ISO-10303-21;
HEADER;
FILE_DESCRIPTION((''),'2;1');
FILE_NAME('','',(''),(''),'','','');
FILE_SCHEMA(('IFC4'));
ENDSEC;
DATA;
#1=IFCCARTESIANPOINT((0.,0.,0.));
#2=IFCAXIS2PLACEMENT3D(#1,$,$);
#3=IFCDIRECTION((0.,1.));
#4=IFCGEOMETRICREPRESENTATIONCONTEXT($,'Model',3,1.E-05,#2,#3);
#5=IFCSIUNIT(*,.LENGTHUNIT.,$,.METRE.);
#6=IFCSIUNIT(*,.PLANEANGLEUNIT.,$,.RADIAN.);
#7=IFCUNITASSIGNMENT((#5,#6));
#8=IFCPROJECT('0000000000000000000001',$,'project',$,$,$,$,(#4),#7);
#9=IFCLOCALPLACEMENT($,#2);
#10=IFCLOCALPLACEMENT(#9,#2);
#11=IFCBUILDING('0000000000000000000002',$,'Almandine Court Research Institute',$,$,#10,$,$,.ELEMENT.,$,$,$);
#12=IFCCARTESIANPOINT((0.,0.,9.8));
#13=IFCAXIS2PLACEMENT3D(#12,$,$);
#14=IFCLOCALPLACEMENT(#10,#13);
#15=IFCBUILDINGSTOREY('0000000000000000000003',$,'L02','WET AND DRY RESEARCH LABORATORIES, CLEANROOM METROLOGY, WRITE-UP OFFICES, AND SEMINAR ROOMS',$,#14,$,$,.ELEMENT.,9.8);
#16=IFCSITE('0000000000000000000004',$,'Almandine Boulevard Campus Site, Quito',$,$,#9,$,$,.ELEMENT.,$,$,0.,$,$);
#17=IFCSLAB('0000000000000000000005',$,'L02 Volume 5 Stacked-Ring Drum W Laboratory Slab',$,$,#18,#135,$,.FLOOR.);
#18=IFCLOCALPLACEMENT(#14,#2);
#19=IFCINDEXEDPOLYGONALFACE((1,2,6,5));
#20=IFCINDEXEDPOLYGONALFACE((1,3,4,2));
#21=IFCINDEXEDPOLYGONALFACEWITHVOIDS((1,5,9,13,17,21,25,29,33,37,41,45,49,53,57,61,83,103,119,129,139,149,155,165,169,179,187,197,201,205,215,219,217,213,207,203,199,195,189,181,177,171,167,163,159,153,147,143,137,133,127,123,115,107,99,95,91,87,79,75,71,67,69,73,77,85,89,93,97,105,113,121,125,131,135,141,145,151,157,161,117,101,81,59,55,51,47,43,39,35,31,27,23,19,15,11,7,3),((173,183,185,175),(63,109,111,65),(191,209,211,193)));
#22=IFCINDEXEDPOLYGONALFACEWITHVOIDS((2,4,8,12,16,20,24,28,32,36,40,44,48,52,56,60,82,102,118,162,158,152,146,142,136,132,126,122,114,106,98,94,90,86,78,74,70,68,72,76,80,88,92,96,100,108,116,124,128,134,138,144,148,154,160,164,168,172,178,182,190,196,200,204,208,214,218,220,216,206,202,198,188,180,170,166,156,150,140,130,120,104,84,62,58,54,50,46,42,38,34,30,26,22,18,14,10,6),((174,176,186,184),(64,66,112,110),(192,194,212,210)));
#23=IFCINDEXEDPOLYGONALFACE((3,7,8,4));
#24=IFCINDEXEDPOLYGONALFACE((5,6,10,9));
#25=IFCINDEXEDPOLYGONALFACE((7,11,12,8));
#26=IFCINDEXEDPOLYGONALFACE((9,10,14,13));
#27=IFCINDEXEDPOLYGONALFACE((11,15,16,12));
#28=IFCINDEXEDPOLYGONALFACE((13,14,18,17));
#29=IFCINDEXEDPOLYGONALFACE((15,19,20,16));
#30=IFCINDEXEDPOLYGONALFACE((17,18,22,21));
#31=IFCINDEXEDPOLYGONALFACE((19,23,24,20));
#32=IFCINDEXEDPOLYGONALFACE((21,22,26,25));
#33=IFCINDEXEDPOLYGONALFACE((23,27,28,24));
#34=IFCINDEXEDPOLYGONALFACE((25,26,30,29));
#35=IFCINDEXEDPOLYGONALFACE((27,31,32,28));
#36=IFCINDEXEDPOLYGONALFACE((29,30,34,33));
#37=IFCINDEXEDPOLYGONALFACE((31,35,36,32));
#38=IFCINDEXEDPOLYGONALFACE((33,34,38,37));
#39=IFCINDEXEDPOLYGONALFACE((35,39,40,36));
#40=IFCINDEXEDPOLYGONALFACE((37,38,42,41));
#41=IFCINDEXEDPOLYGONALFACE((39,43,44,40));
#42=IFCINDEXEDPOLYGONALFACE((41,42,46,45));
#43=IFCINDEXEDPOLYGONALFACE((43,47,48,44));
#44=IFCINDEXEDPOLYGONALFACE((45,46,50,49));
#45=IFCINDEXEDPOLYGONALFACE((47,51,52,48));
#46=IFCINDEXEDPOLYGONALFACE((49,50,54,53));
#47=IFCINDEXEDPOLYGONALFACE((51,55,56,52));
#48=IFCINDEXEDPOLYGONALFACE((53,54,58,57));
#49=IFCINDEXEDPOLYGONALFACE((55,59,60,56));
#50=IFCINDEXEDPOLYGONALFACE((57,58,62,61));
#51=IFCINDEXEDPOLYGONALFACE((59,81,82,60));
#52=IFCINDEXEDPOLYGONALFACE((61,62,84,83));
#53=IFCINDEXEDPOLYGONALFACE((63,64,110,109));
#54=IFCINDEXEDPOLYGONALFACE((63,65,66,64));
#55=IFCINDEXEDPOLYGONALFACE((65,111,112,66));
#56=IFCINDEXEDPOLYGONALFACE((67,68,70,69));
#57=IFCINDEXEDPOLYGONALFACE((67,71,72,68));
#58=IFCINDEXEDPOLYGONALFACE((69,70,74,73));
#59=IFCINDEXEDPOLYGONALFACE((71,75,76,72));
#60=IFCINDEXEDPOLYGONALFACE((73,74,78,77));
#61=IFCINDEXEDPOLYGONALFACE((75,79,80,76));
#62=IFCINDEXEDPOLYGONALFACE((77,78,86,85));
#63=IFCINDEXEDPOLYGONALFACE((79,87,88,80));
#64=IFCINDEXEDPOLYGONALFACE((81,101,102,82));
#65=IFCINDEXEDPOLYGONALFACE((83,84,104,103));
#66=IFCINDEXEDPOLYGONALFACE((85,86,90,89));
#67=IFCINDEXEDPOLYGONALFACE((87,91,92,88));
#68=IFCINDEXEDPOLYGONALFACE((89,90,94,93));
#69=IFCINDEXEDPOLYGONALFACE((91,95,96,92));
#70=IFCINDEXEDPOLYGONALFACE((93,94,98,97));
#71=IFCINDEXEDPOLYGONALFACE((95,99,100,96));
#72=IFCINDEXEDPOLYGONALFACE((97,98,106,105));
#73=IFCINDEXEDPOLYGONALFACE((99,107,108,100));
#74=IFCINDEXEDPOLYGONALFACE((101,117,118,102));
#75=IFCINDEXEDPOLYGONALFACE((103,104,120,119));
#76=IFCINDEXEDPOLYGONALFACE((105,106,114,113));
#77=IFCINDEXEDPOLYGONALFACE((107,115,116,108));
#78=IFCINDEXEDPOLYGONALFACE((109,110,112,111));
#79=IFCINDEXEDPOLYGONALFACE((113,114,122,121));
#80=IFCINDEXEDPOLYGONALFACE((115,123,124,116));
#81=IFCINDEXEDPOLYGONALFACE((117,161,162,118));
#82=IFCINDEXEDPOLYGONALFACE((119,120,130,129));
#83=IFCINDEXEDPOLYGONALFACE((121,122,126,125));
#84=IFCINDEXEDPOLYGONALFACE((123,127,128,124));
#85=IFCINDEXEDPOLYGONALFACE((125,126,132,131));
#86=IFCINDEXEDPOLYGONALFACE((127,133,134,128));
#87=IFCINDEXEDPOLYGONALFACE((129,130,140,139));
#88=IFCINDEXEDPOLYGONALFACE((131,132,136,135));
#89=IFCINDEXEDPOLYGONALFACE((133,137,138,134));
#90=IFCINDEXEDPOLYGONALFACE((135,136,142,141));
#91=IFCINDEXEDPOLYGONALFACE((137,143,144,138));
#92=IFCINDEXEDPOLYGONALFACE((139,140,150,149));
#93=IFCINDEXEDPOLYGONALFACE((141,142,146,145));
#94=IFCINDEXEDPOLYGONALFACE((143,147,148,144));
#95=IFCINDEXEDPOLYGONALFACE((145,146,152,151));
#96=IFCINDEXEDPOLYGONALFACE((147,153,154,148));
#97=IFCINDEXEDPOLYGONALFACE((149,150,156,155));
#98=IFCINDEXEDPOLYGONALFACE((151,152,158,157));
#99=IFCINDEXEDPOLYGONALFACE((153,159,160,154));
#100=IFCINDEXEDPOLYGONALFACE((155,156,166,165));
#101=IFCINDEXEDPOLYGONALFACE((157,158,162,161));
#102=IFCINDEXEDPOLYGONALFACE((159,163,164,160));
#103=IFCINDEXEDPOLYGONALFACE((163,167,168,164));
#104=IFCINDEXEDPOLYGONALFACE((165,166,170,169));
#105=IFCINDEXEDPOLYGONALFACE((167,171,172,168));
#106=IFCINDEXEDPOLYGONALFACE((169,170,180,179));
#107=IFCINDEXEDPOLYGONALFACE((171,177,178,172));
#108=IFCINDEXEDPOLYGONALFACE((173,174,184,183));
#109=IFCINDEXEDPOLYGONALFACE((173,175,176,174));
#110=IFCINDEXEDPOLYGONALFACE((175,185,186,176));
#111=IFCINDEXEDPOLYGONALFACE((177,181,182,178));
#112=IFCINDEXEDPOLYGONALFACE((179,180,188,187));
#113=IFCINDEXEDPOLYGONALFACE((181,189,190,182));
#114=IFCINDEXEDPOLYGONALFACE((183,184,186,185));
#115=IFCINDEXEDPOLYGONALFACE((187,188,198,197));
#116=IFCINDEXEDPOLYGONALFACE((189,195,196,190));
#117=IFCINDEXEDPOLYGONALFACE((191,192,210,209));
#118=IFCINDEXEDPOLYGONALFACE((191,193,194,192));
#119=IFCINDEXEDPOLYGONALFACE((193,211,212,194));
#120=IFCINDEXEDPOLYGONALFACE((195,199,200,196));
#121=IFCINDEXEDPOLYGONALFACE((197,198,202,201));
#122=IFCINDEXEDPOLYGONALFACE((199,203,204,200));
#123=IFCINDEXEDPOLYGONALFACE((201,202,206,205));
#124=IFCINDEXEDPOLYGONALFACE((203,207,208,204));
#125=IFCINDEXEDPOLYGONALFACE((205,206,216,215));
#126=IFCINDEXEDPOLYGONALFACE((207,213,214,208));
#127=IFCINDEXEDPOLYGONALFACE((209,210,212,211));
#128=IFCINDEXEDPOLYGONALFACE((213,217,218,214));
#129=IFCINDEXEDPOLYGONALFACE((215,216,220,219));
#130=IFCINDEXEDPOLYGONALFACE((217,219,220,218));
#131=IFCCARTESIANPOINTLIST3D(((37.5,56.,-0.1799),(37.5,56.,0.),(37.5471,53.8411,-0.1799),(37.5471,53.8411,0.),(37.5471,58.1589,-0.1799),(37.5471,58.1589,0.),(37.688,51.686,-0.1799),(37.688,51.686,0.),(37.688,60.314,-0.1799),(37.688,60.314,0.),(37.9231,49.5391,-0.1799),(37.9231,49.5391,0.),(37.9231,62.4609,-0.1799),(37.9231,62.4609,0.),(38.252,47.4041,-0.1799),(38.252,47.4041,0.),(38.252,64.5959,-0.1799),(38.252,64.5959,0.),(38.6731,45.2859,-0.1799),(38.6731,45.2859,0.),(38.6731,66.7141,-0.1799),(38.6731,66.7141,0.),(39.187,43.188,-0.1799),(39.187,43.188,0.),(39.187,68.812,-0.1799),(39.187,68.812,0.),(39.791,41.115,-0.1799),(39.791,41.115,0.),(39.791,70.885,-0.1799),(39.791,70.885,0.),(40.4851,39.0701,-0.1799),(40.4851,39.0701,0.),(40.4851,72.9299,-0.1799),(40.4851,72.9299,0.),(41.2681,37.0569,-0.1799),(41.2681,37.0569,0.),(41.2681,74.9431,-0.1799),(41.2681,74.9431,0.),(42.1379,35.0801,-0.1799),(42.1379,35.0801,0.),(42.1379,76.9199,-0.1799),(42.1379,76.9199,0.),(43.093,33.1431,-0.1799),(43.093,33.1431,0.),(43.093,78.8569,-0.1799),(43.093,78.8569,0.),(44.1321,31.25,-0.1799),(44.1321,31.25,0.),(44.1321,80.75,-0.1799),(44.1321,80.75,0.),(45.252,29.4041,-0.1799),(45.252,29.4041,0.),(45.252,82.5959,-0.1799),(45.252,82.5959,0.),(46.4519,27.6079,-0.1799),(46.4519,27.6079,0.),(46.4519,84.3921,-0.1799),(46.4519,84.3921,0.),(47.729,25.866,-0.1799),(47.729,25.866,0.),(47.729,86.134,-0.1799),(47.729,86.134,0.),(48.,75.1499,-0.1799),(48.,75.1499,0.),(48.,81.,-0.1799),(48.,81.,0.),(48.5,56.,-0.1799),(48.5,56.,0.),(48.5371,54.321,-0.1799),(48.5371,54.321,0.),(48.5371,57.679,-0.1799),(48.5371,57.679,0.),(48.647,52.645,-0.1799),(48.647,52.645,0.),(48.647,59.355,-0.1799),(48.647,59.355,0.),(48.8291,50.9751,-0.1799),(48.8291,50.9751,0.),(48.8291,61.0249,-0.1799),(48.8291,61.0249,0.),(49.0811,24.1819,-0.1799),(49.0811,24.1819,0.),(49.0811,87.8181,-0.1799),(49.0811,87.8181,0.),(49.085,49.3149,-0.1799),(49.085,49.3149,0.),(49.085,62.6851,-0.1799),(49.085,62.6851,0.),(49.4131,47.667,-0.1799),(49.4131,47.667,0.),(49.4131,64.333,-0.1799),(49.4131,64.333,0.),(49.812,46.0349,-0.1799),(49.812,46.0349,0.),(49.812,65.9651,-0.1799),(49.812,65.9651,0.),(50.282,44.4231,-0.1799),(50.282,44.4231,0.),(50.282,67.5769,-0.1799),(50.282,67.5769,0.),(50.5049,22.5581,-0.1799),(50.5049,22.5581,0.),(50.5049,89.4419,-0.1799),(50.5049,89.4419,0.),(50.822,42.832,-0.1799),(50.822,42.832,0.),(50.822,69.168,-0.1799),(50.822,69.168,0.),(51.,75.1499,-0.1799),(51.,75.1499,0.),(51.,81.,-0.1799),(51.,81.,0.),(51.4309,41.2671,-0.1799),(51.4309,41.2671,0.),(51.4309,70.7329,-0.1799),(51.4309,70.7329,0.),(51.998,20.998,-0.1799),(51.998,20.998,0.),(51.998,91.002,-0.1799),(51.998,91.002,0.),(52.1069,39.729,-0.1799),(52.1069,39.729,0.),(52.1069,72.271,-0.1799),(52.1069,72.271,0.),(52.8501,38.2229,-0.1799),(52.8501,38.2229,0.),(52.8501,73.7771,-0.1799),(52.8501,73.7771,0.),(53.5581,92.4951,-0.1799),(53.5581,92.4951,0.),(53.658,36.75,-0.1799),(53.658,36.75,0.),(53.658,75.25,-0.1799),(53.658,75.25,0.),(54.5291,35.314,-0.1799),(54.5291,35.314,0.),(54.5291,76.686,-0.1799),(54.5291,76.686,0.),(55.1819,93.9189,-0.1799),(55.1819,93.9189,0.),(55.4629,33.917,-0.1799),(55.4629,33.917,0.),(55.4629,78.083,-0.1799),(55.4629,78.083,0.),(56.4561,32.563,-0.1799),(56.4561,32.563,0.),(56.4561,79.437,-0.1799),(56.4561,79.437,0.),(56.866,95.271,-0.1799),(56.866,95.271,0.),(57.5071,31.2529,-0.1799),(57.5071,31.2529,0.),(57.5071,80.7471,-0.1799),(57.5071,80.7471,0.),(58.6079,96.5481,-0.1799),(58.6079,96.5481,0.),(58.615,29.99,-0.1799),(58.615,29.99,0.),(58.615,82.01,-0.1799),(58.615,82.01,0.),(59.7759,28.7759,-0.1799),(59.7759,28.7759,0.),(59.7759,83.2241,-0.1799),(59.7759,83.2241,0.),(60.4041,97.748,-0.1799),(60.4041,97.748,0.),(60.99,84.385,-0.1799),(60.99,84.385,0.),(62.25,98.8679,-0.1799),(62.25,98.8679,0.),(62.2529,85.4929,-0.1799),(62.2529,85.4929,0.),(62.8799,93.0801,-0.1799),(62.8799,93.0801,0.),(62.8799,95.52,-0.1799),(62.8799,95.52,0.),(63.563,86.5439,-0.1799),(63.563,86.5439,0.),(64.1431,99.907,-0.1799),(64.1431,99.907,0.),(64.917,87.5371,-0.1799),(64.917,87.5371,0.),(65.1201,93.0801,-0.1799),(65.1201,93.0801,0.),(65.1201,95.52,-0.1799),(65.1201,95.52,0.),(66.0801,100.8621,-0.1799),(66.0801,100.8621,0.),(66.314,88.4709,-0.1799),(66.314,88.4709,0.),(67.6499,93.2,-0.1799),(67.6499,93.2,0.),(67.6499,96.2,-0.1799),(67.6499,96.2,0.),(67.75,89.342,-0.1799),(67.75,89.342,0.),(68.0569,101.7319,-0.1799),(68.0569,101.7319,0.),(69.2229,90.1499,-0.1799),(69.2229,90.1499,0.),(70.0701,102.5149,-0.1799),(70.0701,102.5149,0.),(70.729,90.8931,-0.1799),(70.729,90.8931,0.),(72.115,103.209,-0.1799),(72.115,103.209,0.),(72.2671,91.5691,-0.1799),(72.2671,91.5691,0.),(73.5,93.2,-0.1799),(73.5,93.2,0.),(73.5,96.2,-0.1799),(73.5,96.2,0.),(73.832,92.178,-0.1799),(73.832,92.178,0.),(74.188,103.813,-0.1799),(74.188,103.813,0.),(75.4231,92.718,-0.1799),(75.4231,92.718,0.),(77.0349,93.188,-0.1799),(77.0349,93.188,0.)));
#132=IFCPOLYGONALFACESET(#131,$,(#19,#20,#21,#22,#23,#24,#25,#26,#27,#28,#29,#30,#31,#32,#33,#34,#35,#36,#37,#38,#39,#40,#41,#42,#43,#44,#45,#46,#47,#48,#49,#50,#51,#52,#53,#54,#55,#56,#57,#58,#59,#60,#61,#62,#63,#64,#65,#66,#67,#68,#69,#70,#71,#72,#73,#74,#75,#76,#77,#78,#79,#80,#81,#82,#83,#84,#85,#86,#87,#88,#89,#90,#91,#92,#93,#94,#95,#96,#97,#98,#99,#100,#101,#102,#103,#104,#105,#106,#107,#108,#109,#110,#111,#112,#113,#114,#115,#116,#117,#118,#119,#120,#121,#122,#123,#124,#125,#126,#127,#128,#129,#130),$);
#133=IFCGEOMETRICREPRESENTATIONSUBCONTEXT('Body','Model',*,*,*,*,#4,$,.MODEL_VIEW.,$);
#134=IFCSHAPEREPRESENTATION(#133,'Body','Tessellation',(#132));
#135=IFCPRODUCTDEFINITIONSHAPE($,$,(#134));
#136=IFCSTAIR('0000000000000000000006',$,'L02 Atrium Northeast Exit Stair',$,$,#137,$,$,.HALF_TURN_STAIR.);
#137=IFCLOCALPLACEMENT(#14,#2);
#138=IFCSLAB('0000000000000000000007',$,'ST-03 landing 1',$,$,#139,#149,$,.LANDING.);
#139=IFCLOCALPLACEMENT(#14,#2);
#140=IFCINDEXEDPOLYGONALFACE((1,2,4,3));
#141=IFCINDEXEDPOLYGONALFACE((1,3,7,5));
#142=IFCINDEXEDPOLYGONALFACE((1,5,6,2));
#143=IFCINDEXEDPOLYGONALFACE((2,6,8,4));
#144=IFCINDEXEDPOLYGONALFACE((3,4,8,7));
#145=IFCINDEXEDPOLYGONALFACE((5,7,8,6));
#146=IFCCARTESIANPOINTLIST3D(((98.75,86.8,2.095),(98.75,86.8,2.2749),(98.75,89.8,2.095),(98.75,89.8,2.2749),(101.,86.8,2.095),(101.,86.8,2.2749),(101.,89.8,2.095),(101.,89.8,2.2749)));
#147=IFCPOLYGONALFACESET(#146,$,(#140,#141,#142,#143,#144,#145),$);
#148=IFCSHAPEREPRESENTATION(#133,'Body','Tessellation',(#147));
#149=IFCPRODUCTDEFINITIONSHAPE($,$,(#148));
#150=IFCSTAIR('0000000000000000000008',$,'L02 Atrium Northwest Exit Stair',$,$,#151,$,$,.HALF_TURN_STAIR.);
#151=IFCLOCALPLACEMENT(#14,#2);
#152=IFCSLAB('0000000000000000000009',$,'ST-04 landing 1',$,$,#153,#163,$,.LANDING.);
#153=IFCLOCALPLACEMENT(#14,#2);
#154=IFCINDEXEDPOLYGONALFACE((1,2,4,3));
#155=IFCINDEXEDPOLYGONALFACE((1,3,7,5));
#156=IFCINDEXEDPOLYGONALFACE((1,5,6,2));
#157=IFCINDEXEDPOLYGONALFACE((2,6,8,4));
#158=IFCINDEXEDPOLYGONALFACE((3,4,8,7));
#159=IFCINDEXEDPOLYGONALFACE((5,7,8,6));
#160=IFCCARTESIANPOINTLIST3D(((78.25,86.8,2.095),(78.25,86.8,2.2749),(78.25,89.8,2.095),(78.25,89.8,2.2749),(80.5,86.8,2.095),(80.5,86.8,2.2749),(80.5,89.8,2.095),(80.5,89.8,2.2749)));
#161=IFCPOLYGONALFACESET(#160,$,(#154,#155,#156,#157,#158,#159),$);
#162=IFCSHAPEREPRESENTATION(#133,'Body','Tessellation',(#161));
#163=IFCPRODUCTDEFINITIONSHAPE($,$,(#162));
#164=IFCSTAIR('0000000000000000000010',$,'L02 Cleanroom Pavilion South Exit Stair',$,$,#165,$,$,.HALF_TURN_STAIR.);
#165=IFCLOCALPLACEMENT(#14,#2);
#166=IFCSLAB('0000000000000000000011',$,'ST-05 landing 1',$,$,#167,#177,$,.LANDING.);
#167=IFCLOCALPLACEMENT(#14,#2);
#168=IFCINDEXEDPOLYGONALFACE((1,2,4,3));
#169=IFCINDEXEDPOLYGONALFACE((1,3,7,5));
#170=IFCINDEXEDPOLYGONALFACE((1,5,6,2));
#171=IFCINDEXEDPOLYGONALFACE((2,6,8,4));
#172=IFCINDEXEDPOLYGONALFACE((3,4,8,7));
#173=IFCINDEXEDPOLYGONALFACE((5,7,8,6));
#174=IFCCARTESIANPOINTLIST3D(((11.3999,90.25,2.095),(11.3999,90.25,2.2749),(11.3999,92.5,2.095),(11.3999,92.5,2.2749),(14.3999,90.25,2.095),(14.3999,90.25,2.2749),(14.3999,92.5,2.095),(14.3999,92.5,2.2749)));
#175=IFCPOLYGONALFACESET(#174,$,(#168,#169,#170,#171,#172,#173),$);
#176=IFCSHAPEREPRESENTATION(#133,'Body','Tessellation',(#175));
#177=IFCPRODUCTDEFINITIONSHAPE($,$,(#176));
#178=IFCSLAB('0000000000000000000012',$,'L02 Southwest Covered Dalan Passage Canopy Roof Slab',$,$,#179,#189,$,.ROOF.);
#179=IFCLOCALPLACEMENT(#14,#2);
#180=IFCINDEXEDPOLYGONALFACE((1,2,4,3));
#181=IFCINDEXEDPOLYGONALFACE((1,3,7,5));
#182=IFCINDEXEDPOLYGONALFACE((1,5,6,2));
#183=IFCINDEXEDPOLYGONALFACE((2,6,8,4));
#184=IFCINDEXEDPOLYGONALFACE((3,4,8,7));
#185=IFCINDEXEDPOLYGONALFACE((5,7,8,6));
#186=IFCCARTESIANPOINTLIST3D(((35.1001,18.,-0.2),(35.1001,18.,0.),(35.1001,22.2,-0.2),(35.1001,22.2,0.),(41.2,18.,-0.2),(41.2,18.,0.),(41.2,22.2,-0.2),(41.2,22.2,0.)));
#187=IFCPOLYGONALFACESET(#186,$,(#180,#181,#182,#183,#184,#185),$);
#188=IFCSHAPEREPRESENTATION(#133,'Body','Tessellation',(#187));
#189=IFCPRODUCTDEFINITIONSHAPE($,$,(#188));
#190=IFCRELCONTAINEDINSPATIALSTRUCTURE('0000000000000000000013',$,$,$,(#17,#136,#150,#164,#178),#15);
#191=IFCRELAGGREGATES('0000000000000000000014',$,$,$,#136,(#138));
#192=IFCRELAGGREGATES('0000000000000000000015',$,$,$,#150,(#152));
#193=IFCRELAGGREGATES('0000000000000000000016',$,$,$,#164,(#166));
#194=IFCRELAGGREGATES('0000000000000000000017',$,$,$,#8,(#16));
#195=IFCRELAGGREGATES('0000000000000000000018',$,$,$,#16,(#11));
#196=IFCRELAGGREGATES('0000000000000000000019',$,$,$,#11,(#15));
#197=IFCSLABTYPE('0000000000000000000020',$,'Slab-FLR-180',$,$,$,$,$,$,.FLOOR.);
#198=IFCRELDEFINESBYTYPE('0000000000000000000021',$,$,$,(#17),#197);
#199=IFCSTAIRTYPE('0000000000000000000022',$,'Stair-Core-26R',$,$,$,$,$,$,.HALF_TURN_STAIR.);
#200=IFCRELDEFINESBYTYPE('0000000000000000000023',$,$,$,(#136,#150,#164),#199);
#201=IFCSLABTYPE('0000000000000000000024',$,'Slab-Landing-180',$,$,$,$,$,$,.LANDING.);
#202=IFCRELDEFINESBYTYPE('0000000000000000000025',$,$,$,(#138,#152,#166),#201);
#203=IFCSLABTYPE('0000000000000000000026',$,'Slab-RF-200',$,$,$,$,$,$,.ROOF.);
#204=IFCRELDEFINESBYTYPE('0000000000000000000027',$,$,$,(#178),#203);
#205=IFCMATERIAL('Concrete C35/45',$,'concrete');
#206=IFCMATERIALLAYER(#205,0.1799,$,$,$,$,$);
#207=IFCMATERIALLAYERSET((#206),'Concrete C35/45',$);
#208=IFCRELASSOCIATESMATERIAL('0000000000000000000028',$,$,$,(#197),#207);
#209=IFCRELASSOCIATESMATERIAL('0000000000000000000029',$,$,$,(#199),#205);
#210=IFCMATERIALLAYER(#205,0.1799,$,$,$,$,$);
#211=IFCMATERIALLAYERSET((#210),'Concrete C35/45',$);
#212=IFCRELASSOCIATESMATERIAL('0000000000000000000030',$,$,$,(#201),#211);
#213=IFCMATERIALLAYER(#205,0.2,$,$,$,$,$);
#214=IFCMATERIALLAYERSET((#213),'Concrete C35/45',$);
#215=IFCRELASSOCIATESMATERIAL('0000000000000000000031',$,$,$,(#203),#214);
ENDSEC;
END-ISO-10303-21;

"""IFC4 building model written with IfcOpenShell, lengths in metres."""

from ifc_helpers import new_model, si_unit, direction, frame, origin, place, context, subcontext, project, spatial, polyline, outline, extrude, material, layer, layer_set, type_object, element, aggregate, save


model = new_model("IFC4")

# Units and contexts
model_context = context("Model", 3, precision=1e-05, world=origin(), true_north=direction((0.0, 1.0)))
body_context = subcontext(model_context, "Body", "Model", "MODEL_VIEW")
ifc_project = project(units=[si_unit("LENGTHUNIT", "METRE"), si_unit("PLANEANGLEUNIT", "RADIAN")], contexts=[model_context])

# Site, building, storey
site_placement = place(None, origin())
site = spatial("IfcSite", under=ifc_project, at=site_placement, Name="Almandine Boulevard Campus Site, Quito", CompositionType="ELEMENT", RefElevation=0.0)
building_placement = place(site_placement, origin())
building = spatial("IfcBuilding", under=site, at=building_placement, Name="Almandine Court Research Institute", CompositionType="ELEMENT")
storey_placement = place(building_placement, frame((0.0, 0.0, 9.8)))
storey = spatial("IfcBuildingStorey", under=building, at=storey_placement, Name="L02", Description="WET AND DRY RESEARCH LABORATORIES, CLEANROOM METROLOGY, WRITE-UP OFFICES, AND SEMINAR ROOMS", CompositionType="ELEMENT", Elevation=9.8)

# Slab
ifc_material_1 = material(Name="Concrete C35/45", Category="concrete")
ifc_layer_1 = layer(ifc_material_1, 0.1799)
ifc_layer_set_1 = layer_set([ifc_layer_1], Name="Concrete C35/45")
slab_type_1 = type_object("IfcSlabType", Name="Slab-FLR-180", PredefinedType="FLOOR", material=ifc_layer_set_1)
slab_1_placement = place(storey_placement, frame((0.0, 0.0, -0.1799)))
element("IfcSlab", 1, at=slab_1_placement, inside=storey, type_object=slab_type_1, Name="L02 Volume 5 Stacked-Ring Drum W Laboratory Slab", PredefinedType="FLOOR", context=body_context, shape_type="SweptSolid", body=[
    extrude(outline(polyline([(74.188, 103.813), (72.115, 103.209), (70.0701, 102.5149), (68.0569, 101.7319), (66.0801, 100.8621), (64.1431, 99.907), (62.25, 98.8679), (60.4041, 97.748), (58.6079, 96.5481), (56.866, 95.271), (55.1819, 93.9189), (53.5581, 92.4951), (51.998, 91.002), (50.5049, 89.4419), (49.0811, 87.8181), (47.729, 86.134), (46.4519, 84.3921), (45.252, 82.5959), (44.1321, 80.75), (43.093, 78.8569), (42.1379, 76.9199), (41.2681, 74.9431), (40.4851, 72.9299), (39.791, 70.885), (39.187, 68.812), (38.6731, 66.7141), (38.252, 64.5959), (37.9231, 62.4609), (37.688, 60.314), (37.5471, 58.1589), (37.5, 56.0), (37.5471, 53.8411), (37.688, 51.686), (37.9231, 49.5391), (38.252, 47.4041), (38.6731, 45.2859), (39.187, 43.188), (39.791, 41.115), (40.4851, 39.0701), (41.2681, 37.0569), (42.1379, 35.0801), (43.093, 33.1431), (44.1321, 31.25), (45.252, 29.4041), (46.4519, 27.6079), (47.729, 25.866), (49.0811, 24.1819), (50.5049, 22.5581), (51.998, 20.998), (59.7759, 28.7759), (58.615, 29.99), (57.5071, 31.2529), (56.4561, 32.563), (55.4629, 33.917), (54.5291, 35.314), (53.658, 36.75), (52.8501, 38.2229), (52.1069, 39.729), (51.4309, 41.2671), (50.822, 42.832), (50.282, 44.4231), (49.812, 46.0349), (49.4131, 47.667), (49.085, 49.3149), (48.8291, 50.9751), (48.647, 52.645), (48.5371, 54.321), (48.5, 56.0), (48.5371, 57.679), (48.647, 59.355), (48.8291, 61.0249), (49.085, 62.6851), (49.4131, 64.333), (49.812, 65.9651), (50.282, 67.5769), (50.822, 69.168), (51.4309, 70.7329), (52.1069, 72.271), (52.8501, 73.7771), (53.658, 75.25), (54.5291, 76.686), (55.4629, 78.083), (56.4561, 79.437), (57.5071, 80.7471), (58.615, 82.01), (59.7759, 83.2241), (60.99, 84.385), (62.2529, 85.4929), (63.563, 86.5439), (64.917, 87.5371), (66.314, 88.4709), (67.75, 89.342), (69.2229, 90.1499), (70.729, 90.8931), (72.2671, 91.5691), (73.832, 92.178), (75.4231, 92.718), (77.0349, 93.188), (74.188, 103.813)]), holes=[polyline([(67.6499, 93.2), (73.5, 93.2), (73.5, 96.2), (67.6499, 96.2), (67.6499, 93.2)]), polyline([(51.0, 75.1499), (51.0, 81.0), (48.0, 81.0), (48.0, 75.1499), (51.0, 75.1499)]), polyline([(62.8799, 93.0801), (65.1201, 93.0801), (65.1201, 95.52), (62.8799, 95.52), (62.8799, 93.0801)])]), origin(), (0.0, 0.0, 1.0), 0.1799),
])

# Stairs, slabs
stair_type = type_object("IfcStairType", Name="Stair-Core-26R", PredefinedType="HALF_TURN_STAIR", material=ifc_material_1)
stair_1_placement = place(storey_placement, origin())
stair_1 = element("IfcStair", 2, at=stair_1_placement, inside=storey, type_object=stair_type, Name="L02 Atrium Northeast Exit Stair", PredefinedType="HALF_TURN_STAIR")
ifc_layer_2 = layer(ifc_material_1, 0.1799)
ifc_layer_set_2 = layer_set([ifc_layer_2], Name="Concrete C35/45")
slab_type_2 = type_object("IfcSlabType", Name="Slab-Landing-180", PredefinedType="LANDING", material=ifc_layer_set_2)
slab_2_placement = place(storey_placement, frame((0.0, 0.0, 2.095)))
slab_2 = element("IfcSlab", 3, at=slab_2_placement, type_object=slab_type_2, Name="ST-03 landing 1", PredefinedType="LANDING", context=body_context, shape_type="SweptSolid", body=[
    extrude(outline(polyline([(98.75, 86.8), (101.0, 86.8), (101.0, 89.8), (98.75, 89.8), (98.75, 86.8)])), origin(), (0.0, 0.0, 1.0), 0.1799),
])
aggregate(stair_1, [slab_2])
stair_2_placement = place(storey_placement, origin())
stair_2 = element("IfcStair", 4, at=stair_2_placement, inside=storey, type_object=stair_type, Name="L02 Atrium Northwest Exit Stair", PredefinedType="HALF_TURN_STAIR")
slab_3_placement = place(storey_placement, frame((0.0, 0.0, 2.095)))
slab_3 = element("IfcSlab", 5, at=slab_3_placement, type_object=slab_type_2, Name="ST-04 landing 1", PredefinedType="LANDING", context=body_context, shape_type="SweptSolid", body=[
    extrude(outline(polyline([(78.25, 86.8), (80.5, 86.8), (80.5, 89.8), (78.25, 89.8), (78.25, 86.8)])), origin(), (0.0, 0.0, 1.0), 0.1799),
])
aggregate(stair_2, [slab_3])
stair_3_placement = place(storey_placement, origin())
stair_3 = element("IfcStair", 6, at=stair_3_placement, inside=storey, type_object=stair_type, Name="L02 Cleanroom Pavilion South Exit Stair", PredefinedType="HALF_TURN_STAIR")
slab_4_placement = place(storey_placement, frame((0.0, 0.0, 2.095)))
slab_4 = element("IfcSlab", 7, at=slab_4_placement, type_object=slab_type_2, Name="ST-05 landing 1", PredefinedType="LANDING", context=body_context, shape_type="SweptSolid", body=[
    extrude(outline(polyline([(14.3999, 90.25), (14.3999, 92.5), (11.3999, 92.5), (11.3999, 90.25), (14.3999, 90.25)])), origin(), (0.0, 0.0, 1.0), 0.1799),
])
aggregate(stair_3, [slab_4])

# Slab
ifc_layer_3 = layer(ifc_material_1, 0.2)
ifc_layer_set_3 = layer_set([ifc_layer_3], Name="Concrete C35/45")
slab_type_3 = type_object("IfcSlabType", Name="Slab-RF-200", PredefinedType="ROOF", material=ifc_layer_set_3)
slab_5_placement = place(storey_placement, frame((0.0, 0.0, -0.2)))
element("IfcSlab", 8, at=slab_5_placement, inside=storey, type_object=slab_type_3, Name="L02 Southwest Covered Dalan Passage Canopy Roof Slab", PredefinedType="ROOF", context=body_context, shape_type="SweptSolid", body=[
    extrude(outline(polyline([(35.1001, 18.0), (41.2, 18.0), (41.2, 22.2), (35.1001, 22.2), (35.1001, 18.0)])), origin(), (0.0, 0.0, 1.0), 0.2),
])

save(model, "model.ifc")
